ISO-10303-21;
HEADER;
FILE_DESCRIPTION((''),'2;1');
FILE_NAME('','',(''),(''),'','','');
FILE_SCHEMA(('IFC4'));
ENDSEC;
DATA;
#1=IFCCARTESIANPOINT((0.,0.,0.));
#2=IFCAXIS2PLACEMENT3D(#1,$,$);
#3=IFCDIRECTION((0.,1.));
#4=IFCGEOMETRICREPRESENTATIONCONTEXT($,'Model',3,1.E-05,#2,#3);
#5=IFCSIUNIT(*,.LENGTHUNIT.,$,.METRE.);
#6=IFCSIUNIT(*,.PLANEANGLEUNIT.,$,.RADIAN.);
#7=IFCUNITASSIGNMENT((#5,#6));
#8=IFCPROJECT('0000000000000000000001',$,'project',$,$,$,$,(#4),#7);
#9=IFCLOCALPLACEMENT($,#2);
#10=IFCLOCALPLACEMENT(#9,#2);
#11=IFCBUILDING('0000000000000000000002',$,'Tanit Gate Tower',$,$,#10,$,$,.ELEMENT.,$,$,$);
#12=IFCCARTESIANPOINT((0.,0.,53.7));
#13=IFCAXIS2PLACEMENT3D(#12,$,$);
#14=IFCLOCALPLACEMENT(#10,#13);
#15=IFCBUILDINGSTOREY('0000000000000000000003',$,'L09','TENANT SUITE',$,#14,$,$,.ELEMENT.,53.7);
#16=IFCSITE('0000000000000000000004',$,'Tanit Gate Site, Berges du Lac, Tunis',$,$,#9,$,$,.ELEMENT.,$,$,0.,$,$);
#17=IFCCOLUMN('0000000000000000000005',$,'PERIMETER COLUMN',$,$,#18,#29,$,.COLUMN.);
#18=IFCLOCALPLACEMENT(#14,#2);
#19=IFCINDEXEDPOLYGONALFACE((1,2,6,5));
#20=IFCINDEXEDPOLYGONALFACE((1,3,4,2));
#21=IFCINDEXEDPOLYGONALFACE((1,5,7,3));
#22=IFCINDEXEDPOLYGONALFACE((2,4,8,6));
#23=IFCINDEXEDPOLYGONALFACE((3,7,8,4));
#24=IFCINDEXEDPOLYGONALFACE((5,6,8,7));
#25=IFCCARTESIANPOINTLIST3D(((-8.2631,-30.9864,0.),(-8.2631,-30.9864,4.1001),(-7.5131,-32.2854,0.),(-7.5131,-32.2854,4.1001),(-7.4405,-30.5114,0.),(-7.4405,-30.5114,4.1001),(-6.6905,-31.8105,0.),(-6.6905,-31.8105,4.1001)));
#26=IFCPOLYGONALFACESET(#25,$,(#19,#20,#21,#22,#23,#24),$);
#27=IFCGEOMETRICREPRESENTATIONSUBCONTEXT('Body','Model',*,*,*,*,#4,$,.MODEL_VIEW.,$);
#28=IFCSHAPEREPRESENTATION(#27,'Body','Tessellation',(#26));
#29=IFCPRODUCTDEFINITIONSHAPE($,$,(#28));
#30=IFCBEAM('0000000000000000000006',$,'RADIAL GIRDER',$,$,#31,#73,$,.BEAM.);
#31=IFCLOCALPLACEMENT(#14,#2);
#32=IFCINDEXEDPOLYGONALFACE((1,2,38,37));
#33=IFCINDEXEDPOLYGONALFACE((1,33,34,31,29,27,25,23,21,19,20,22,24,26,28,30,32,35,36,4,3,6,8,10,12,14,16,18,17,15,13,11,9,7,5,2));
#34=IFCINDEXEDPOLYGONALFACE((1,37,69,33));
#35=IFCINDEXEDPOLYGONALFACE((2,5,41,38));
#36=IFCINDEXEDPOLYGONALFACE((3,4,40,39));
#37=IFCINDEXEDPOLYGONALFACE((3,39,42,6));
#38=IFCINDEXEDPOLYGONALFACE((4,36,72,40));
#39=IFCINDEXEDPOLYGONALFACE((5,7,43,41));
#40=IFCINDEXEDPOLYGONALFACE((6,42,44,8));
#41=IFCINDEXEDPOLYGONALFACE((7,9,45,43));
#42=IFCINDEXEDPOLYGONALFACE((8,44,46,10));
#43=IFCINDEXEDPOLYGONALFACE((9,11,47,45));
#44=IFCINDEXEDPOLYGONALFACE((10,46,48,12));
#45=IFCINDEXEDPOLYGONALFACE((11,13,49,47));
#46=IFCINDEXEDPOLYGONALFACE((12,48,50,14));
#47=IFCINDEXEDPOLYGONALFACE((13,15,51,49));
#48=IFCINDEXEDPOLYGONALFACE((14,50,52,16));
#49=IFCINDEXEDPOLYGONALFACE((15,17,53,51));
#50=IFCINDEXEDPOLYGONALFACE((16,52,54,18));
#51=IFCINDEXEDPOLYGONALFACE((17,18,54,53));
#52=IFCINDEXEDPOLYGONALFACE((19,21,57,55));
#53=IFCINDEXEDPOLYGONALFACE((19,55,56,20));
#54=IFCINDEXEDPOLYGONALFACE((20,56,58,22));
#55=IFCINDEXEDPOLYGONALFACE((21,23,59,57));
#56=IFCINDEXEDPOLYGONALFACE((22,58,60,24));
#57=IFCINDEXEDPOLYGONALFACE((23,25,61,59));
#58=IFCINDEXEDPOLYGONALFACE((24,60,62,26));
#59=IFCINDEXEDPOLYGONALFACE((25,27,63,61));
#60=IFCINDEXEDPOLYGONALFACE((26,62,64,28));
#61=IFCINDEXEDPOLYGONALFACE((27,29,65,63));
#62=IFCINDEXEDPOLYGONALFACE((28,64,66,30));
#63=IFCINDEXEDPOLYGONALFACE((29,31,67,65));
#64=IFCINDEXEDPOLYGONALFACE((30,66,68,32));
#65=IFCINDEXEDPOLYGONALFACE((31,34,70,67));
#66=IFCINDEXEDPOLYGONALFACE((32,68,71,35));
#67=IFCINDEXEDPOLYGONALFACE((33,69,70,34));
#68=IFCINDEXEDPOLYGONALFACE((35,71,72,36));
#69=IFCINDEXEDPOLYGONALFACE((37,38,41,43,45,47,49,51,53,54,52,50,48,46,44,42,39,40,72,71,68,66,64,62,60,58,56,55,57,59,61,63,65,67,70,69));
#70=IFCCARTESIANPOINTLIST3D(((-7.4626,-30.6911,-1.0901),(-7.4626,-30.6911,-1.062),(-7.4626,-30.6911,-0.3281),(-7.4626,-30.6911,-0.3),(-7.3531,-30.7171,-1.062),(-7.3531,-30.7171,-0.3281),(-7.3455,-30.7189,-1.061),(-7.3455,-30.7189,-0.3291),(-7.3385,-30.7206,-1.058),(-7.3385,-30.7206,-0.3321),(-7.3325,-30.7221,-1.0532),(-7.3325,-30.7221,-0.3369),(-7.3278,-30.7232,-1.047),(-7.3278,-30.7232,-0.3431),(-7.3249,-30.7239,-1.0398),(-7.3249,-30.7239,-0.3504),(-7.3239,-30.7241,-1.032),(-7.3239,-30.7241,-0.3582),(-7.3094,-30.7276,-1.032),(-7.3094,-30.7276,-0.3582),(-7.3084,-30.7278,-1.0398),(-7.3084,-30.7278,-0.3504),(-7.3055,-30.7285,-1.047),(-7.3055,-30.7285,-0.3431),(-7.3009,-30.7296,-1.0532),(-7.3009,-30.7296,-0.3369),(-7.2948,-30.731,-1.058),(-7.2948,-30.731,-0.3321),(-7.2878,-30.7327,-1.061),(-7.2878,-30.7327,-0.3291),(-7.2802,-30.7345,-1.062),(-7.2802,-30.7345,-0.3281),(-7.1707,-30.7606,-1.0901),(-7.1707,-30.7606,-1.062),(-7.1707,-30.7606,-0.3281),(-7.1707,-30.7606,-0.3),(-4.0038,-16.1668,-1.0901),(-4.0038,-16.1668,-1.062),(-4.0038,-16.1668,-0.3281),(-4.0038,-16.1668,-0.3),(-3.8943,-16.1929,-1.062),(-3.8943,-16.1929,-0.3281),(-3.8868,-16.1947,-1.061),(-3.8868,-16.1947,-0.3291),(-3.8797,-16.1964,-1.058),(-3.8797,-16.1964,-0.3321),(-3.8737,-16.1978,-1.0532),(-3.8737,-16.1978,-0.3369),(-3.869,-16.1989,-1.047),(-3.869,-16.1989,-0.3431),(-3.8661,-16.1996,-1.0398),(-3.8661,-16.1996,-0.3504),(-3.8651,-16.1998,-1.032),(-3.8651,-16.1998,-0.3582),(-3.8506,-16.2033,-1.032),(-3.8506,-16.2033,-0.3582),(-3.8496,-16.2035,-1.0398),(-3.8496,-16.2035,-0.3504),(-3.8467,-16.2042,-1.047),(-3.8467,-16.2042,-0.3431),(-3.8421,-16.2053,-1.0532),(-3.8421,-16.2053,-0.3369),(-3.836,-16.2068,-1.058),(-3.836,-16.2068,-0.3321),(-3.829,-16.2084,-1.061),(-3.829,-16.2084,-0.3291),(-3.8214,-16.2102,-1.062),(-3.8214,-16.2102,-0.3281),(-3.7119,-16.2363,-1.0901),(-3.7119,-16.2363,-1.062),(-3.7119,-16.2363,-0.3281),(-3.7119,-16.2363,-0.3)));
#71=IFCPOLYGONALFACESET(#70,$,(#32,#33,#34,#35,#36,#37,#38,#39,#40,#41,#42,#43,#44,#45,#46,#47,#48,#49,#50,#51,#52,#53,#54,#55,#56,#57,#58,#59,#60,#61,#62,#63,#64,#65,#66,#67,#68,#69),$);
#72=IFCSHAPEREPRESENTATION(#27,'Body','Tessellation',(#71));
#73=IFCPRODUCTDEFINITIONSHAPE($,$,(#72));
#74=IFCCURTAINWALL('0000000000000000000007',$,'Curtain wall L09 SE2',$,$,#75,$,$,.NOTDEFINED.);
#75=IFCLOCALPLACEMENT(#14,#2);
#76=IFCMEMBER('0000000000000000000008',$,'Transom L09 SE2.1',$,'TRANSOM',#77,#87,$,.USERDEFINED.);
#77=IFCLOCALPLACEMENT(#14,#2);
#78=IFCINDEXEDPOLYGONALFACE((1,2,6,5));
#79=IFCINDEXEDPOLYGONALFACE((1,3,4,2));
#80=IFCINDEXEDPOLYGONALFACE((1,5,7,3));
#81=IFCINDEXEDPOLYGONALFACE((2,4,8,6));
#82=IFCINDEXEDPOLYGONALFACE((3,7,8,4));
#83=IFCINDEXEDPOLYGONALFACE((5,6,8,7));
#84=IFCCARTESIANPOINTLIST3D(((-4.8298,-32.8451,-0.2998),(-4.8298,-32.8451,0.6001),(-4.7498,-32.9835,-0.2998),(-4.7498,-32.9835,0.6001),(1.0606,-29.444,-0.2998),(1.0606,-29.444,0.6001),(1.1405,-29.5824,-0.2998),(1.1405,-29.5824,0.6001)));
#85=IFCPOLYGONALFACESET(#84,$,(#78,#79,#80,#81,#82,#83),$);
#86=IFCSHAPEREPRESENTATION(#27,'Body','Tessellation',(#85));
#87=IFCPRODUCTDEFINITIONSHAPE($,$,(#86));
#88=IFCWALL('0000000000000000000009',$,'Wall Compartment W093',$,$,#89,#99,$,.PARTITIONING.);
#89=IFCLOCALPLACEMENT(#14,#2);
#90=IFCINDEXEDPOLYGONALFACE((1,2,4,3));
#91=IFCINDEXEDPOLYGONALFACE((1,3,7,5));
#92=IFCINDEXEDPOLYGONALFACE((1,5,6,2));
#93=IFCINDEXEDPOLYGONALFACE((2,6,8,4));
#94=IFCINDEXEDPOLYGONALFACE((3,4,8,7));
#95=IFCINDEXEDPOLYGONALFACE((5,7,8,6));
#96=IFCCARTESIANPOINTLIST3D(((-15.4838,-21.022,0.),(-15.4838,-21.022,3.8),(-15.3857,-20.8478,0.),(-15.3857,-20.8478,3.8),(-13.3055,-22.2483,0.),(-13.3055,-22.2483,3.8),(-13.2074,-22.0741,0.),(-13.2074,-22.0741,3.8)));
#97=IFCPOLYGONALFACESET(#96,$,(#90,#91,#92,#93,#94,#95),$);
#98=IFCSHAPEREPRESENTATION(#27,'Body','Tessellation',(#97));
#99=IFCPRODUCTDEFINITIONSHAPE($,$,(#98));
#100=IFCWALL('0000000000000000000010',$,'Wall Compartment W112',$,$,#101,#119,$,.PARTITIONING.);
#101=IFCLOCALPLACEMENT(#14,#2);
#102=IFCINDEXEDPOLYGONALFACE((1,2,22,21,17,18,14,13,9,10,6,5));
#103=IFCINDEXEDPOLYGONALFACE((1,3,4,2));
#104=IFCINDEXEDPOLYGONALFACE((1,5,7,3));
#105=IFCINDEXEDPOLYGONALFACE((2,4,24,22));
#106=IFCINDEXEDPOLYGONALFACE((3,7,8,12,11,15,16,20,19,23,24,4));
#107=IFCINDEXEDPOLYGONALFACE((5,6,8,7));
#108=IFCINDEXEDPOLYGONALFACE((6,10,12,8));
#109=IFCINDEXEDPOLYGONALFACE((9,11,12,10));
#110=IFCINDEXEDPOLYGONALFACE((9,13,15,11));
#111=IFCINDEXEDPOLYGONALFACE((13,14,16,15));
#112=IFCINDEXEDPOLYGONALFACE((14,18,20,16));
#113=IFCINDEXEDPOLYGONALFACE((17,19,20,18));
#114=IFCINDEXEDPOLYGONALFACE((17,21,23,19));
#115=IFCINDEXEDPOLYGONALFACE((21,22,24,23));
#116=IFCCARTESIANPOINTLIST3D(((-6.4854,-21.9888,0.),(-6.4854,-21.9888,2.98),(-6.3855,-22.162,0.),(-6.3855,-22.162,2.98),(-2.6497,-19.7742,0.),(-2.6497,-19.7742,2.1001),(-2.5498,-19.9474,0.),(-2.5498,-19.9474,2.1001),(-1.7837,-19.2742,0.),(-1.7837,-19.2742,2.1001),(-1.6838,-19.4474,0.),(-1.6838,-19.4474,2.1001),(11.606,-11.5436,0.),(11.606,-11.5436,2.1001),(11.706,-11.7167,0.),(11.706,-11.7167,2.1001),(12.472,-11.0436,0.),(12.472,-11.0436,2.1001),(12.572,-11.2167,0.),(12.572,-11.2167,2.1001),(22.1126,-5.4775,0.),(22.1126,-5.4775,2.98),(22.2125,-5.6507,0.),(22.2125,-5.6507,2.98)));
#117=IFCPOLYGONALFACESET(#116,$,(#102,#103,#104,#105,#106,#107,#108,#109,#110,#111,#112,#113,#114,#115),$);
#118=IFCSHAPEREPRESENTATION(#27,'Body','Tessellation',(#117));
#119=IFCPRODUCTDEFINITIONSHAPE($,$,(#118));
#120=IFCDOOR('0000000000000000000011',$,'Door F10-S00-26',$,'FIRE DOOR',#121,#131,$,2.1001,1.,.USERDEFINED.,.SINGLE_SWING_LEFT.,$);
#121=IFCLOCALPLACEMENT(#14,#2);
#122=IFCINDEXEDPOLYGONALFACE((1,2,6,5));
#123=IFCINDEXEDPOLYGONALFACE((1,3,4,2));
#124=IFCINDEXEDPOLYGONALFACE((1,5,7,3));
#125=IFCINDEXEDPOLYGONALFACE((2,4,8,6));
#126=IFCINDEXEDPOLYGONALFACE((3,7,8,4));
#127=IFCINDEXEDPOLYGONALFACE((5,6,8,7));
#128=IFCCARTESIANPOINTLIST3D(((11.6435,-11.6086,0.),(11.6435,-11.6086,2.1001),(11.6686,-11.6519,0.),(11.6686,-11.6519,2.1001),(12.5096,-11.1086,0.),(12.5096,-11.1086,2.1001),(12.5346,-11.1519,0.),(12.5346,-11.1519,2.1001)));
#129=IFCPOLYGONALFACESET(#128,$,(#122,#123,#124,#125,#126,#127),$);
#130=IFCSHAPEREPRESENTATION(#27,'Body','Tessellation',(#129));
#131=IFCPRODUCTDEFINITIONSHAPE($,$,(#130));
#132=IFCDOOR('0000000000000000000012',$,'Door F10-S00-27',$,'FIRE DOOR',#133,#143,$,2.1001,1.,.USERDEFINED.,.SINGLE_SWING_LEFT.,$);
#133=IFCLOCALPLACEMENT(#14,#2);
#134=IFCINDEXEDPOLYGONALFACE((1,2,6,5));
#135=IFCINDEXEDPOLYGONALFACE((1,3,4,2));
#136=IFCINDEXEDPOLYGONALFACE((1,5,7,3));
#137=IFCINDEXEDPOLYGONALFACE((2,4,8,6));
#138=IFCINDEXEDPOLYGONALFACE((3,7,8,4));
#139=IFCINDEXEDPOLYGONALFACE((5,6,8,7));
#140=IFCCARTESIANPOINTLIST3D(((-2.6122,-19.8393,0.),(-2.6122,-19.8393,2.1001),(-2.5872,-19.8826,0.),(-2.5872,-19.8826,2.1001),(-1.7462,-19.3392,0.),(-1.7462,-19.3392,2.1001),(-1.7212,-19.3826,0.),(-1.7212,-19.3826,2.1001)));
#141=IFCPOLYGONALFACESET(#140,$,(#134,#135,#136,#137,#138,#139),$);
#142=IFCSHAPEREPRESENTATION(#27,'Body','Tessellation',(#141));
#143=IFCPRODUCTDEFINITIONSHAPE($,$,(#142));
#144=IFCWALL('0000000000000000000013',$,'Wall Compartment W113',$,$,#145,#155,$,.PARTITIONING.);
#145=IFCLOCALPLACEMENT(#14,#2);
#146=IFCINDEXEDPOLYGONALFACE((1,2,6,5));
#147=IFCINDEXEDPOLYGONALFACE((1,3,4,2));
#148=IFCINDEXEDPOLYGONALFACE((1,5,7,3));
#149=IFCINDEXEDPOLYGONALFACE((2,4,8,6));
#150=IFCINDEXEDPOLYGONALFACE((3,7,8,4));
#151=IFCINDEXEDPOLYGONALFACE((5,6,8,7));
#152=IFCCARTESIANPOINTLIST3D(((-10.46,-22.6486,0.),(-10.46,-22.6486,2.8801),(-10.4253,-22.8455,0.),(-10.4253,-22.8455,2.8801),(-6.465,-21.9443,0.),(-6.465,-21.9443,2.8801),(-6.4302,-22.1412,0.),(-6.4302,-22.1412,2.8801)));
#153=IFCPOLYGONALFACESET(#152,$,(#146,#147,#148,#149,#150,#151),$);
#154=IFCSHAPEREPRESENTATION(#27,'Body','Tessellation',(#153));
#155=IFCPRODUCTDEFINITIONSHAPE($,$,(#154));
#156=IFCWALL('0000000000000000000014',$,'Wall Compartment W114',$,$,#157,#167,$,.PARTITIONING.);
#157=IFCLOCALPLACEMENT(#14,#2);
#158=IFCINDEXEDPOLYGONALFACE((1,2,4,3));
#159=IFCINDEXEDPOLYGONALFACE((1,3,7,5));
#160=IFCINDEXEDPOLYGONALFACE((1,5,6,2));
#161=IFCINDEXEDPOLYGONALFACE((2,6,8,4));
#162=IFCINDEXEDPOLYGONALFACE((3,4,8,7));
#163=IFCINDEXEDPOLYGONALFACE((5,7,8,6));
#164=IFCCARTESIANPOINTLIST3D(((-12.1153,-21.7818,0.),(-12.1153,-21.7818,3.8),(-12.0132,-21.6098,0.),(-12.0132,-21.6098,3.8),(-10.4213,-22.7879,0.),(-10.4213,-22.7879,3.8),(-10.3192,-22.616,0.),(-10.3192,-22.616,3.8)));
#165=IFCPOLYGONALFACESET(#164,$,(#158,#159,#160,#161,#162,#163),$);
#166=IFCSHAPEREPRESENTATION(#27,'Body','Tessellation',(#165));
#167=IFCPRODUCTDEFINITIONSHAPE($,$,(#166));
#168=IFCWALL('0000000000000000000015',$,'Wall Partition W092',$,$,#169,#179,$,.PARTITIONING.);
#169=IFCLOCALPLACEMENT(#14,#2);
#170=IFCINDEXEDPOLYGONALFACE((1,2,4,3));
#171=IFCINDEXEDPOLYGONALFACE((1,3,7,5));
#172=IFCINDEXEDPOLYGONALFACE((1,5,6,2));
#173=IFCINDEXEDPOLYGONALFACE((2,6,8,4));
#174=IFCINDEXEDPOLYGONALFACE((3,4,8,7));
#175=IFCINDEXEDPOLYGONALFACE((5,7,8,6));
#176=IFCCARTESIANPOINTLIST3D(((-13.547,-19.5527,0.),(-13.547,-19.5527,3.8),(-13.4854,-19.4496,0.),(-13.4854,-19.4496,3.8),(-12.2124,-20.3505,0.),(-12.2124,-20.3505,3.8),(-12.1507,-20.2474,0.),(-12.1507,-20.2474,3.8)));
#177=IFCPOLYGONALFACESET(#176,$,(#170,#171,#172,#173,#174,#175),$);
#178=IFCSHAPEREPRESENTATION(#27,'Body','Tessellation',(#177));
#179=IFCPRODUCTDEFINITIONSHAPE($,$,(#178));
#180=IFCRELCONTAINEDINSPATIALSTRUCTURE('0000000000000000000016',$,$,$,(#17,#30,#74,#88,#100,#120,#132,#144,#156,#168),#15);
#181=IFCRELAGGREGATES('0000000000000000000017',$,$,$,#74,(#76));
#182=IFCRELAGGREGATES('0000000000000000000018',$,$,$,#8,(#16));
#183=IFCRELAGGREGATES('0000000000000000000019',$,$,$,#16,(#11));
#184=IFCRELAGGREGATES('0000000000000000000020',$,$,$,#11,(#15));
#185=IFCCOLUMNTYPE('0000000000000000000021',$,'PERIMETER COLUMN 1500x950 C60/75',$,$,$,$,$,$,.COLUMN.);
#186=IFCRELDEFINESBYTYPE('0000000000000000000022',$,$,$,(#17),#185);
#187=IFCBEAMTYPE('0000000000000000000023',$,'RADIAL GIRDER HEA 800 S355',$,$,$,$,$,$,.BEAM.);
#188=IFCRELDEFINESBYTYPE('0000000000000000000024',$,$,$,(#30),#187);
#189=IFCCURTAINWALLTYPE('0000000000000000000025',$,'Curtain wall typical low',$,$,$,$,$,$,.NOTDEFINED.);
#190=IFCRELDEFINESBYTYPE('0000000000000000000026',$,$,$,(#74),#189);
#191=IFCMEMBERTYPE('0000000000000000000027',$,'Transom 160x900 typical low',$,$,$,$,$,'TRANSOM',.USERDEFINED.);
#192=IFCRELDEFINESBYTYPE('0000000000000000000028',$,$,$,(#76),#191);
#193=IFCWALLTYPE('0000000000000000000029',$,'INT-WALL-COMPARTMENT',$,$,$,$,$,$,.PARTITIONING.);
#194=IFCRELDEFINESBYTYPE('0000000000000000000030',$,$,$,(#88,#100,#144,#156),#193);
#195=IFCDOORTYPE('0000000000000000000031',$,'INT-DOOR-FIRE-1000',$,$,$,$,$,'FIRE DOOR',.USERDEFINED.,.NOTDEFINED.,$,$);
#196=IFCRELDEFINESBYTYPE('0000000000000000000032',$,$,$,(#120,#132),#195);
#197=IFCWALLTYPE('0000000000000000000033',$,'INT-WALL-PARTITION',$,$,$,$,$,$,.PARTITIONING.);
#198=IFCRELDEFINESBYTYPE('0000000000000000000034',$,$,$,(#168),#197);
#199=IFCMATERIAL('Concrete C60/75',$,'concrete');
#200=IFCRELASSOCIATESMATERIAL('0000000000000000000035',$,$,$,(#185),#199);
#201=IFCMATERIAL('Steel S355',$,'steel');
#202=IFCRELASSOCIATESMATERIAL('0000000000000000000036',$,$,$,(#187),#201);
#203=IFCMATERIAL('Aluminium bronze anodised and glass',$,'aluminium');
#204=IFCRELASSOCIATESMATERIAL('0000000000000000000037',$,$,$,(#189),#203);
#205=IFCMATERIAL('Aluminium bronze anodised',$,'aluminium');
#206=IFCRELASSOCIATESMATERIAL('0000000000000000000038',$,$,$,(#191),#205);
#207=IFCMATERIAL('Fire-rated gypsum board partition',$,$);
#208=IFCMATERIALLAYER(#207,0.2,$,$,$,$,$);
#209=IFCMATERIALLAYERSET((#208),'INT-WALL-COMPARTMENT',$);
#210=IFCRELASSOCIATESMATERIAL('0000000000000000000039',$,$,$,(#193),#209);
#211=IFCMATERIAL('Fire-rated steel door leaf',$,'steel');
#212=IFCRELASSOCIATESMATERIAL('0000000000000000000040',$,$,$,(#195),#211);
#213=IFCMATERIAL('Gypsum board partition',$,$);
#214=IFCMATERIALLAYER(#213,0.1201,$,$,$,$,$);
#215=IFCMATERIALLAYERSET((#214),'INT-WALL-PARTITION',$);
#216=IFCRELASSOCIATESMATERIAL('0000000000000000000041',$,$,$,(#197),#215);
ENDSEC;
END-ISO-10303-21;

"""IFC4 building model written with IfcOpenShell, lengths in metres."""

from ifc_helpers import new_model, si_unit, direction, frame, frame_2d, origin, origin_2d, place, context, subcontext, project, spatial, rectangle, i_section, extrude, material, layer, layer_set, material_profile, profile_set, type_object, element, fill, aggregate, save


model = new_model("IFC4")

# Units and contexts
model_context = context("Model", 3, precision=1e-05, world=origin(), true_north=direction((0.0, 1.0)))
body_context = subcontext(model_context, "Body", "Model", "MODEL_VIEW")
ifc_project = project(units=[si_unit("LENGTHUNIT", "METRE"), si_unit("PLANEANGLEUNIT", "RADIAN")], contexts=[model_context])

# Site, building, storey
site_placement = place(None, origin())
site = spatial("IfcSite", under=ifc_project, at=site_placement, Name="Tanit Gate Site, Berges du Lac, Tunis", CompositionType="ELEMENT", RefElevation=0.0)
building_placement = place(site_placement, origin())
building = spatial("IfcBuilding", under=site, at=building_placement, Name="Tanit Gate Tower", CompositionType="ELEMENT")
storey_placement = place(building_placement, frame((0.0, 0.0, 53.7)))
storey = spatial("IfcBuildingStorey", under=building, at=storey_placement, Name="L09", Description="TENANT SUITE", CompositionType="ELEMENT", Elevation=53.7)

# Column
ifc_material_1 = material(Name="Concrete C60/75", Category="concrete")
ifc_material_profile_1 = material_profile(ifc_material_1, rectangle(XDim=1.5, YDim=0.95, at=origin_2d()), Name="RC 1500x950")
ifc_profile_set_1 = profile_set([ifc_material_profile_1], Name="Concrete C60/75")
column_type = type_object("IfcColumnType", Name="PERIMETER COLUMN 1500x950 C60/75", PredefinedType="COLUMN", material=ifc_profile_set_1)
column_placement = place(storey_placement, frame((-7.4768, -31.3984, 0.0), z_axis=(0.0, 0.0, 1.0), x_axis=(0.5, -0.866025, 0.0)))
element("IfcColumn", 1, at=column_placement, inside=storey, type_object=column_type, Name="PERIMETER COLUMN", PredefinedType="COLUMN", context=body_context, shape_type="SweptSolid", body=[
    extrude(rectangle(XDim=1.5, YDim=0.95, at=origin_2d()), origin(), (0.0, 0.0, 1.0), 4.1001),
])

# Beam
ifc_material_2 = material(Name="Steel S355", Category="steel")
ifc_material_profile_2 = material_profile(ifc_material_2, i_section(OverallWidth=0.3, OverallDepth=0.79, WebThickness=0.0149, FlangeThickness=0.0281, FilletRadius=0.03, at=origin_2d()), Name="HEA 800")
ifc_profile_set_2 = profile_set([ifc_material_profile_2], Name="Steel S355")
beam_type = type_object("IfcBeamType", Name="RADIAL GIRDER HEA 800 S355", PredefinedType="BEAM", material=ifc_profile_set_2)
beam_placement = place(storey_placement, frame((-7.3167, -30.7258, -0.6951), z_axis=(0.231659, 0.972797, 0.0), x_axis=(-0.972797, 0.231659, 0.0)))
element("IfcBeam", 2, at=beam_placement, inside=storey, type_object=beam_type, Name="RADIAL GIRDER", PredefinedType="BEAM", context=body_context, shape_type="SweptSolid", body=[
    extrude(i_section(OverallWidth=0.3, OverallDepth=0.79, WebThickness=0.0149, FlangeThickness=0.0281, FilletRadius=0.03, at=origin_2d()), origin(), (0.0, 0.0, 1.0), 14.9304),
])

# Curtain wall, member
ifc_material_3 = material(Name="Aluminium bronze anodised and glass", Category="aluminium")
curtain_wall_type = type_object("IfcCurtainWallType", Name="Curtain wall typical low", PredefinedType="NOTDEFINED", material=ifc_material_3)
curtain_wall_placement = place(storey_placement, origin())
curtain_wall = element("IfcCurtainWall", 3, at=curtain_wall_placement, inside=storey, type_object=curtain_wall_type, Name="Curtain wall L09 SE2", PredefinedType="NOTDEFINED")
ifc_material_4 = material(Name="Aluminium bronze anodised", Category="aluminium")
ifc_material_profile_3 = material_profile(ifc_material_4, rectangle(XDim=0.1599, YDim=0.8999, at=origin_2d()), Name="160x900 bronze transom")
ifc_profile_set_3 = profile_set([ifc_material_profile_3], Name="Aluminium bronze anodised")
member_type = type_object("IfcMemberType", Name="Transom 160x900 typical low", ElementType="TRANSOM", PredefinedType="USERDEFINED", material=ifc_profile_set_3)
member_placement = place(storey_placement, frame((-4.7898, -32.9143, 0.1501), z_axis=(0.866006, 0.500034, 0.0), x_axis=(-0.500034, 0.866006, 0.0)))
member = element("IfcMember", 4, at=member_placement, type_object=member_type, Name="Transom L09 SE2.1", ObjectType="TRANSOM", PredefinedType="USERDEFINED", context=body_context, shape_type="SweptSolid", body=[
    extrude(rectangle(XDim=0.1599, YDim=0.8999, at=origin_2d()), origin(), (0.0, 0.0, 1.0), 6.8018),
])
aggregate(curtain_wall, [member])

# Wall
ifc_material_5 = material(Name="Fire-rated gypsum board partition")
ifc_layer_1 = layer(ifc_material_5, 0.2)
ifc_layer_set_1 = layer_set([ifc_layer_1], Name="INT-WALL-COMPARTMENT")
wall_type_1 = type_object("IfcWallType", Name="INT-WALL-COMPARTMENT", PredefinedType="PARTITIONING", material=ifc_layer_set_1)
wall_1_placement = place(storey_placement, frame((-15.4348, -20.9348, 0.0), z_axis=(0.0, 0.0, 1.0), x_axis=(0.871393, -0.490586, 0.0)))
element("IfcWall", 5, at=wall_1_placement, inside=storey, type_object=wall_type_1, Name="Wall Compartment W093", PredefinedType="PARTITIONING", context=body_context, shape_type="SweptSolid", body=[
    extrude(rectangle(XDim=2.4998, YDim=0.2, at=frame_2d((1.25, 0.0))), origin(), (0.0, 0.0, 1.0), 3.8),
])

# Wall, openings, doors
wall_2_placement = place(storey_placement, frame((-6.4355, -22.0754, 0.0), z_axis=(0.0, 0.0, 1.0), x_axis=(0.866022, 0.500005, 0.0)))
wall_2 = element("IfcWall", 6, at=wall_2_placement, inside=storey, type_object=wall_type_1, Name="Wall Compartment W112", PredefinedType="PARTITIONING", context=body_context, shape_type="SweptSolid", body=[
    extrude(rectangle(XDim=33.0222, YDim=0.2, at=frame_2d((16.5112, 0.0))), origin(), (0.0, 0.0, 1.0), 2.98),
])
opening_1_placement = place(wall_2_placement, frame((20.8904, 0.0, 0.0)))
opening_1 = element("IfcOpeningElement", 7, at=opening_1_placement, cuts=wall_2, PredefinedType="OPENING", context=body_context, shape_type="SweptSolid", body=[
    extrude(rectangle(XDim=1.0, YDim=2.1001, at=frame_2d((0.5, 1.05))), frame((0.0, 0.1099, 0.0), z_axis=(0.0, -1.0, 0.0), x_axis=(1.0, 0.0, 0.0)), (0.0, 0.0, 1.0), 0.22),
])
opening_2_placement = place(wall_2_placement, frame((4.4292, 0.0, 0.0)))
opening_2 = element("IfcOpeningElement", 8, at=opening_2_placement, cuts=wall_2, PredefinedType="OPENING", context=body_context, shape_type="SweptSolid", body=[
    extrude(rectangle(XDim=1.0, YDim=2.1001, at=frame_2d((0.5, 1.05))), frame((0.0, 0.1099, 0.0), z_axis=(0.0, -1.0, 0.0), x_axis=(1.0, 0.0, 0.0)), (0.0, 0.0, 1.0), 0.22),
])
ifc_material_6 = material(Name="Fire-rated steel door leaf", Category="steel")
door_type_1 = type_object("IfcDoorType", Name="INT-DOOR-FIRE-1000", ElementType="FIRE DOOR", OperationType="NOTDEFINED", PredefinedType="USERDEFINED", material=ifc_material_6)
door_1_placement = place(opening_1_placement, origin())
door_1 = element("IfcDoor", 9, at=door_1_placement, inside=storey, type_object=door_type_1, Name="Door F10-S00-26", ObjectType="FIRE DOOR", OperationType="SINGLE_SWING_LEFT", OverallHeight=2.1001, OverallWidth=1.0, PredefinedType="USERDEFINED", context=body_context, shape_type="SweptSolid", body=[
    extrude(rectangle(XDim=1.0, YDim=2.1001, at=frame_2d((0.5, 1.05))), frame((0.0, 0.0249, 0.0), z_axis=(0.0, -1.0, 0.0), x_axis=(1.0, 0.0, 0.0)), (0.0, 0.0, 1.0), 0.05),
])
fill(opening_1, door_1)
door_2_placement = place(opening_2_placement, origin())
door_2 = element("IfcDoor", 10, at=door_2_placement, inside=storey, type_object=door_type_1, Name="Door F10-S00-27", ObjectType="FIRE DOOR", OperationType="SINGLE_SWING_LEFT", OverallHeight=2.1001, OverallWidth=1.0, PredefinedType="USERDEFINED", context=body_context, shape_type="SweptSolid", body=[
    extrude(rectangle(XDim=1.0, YDim=2.1001, at=frame_2d((0.5, 1.05))), frame((0.0, 0.0249, 0.0), z_axis=(0.0, -1.0, 0.0), x_axis=(1.0, 0.0, 0.0)), (0.0, 0.0, 1.0), 0.05),
])
fill(opening_2, door_2)

# Walls
wall_3_placement = place(storey_placement, frame((-10.4426, -22.7471, 0.0), z_axis=(0.0, 0.0, 1.0), x_axis=(0.984812, 0.173624, 0.0)))
element("IfcWall", 11, at=wall_3_placement, inside=storey, type_object=wall_type_1, Name="Wall Compartment W113", PredefinedType="PARTITIONING", context=body_context, shape_type="SweptSolid", body=[
    extrude(rectangle(XDim=4.0566, YDim=0.2, at=frame_2d((2.0283, 0.0))), origin(), (0.0, 0.0, 1.0), 2.8801),
])
wall_4_placement = place(storey_placement, frame((-12.0642, -21.6958, 0.0), z_axis=(0.0, 0.0, 1.0), x_axis=(0.85977, -0.510682, 0.0)))
element("IfcWall", 12, at=wall_4_placement, inside=storey, type_object=wall_type_1, Name="Wall Compartment W114", PredefinedType="PARTITIONING", context=body_context, shape_type="SweptSolid", body=[
    extrude(rectangle(XDim=1.9702, YDim=0.2, at=frame_2d((0.9851, 0.0))), origin(), (0.0, 0.0, 1.0), 3.8),
])
ifc_material_7 = material(Name="Gypsum board partition")
ifc_layer_2 = layer(ifc_material_7, 0.1201)
ifc_layer_set_2 = layer_set([ifc_layer_2], Name="INT-WALL-PARTITION")
wall_type_2 = type_object("IfcWallType", Name="INT-WALL-PARTITION", PredefinedType="PARTITIONING", material=ifc_layer_set_2)
wall_5_placement = place(storey_placement, frame((-13.5161, -19.5012, 0.0), z_axis=(0.0, 0.0, 1.0), x_axis=(0.858337, -0.513087, 0.0)))
element("IfcWall", 13, at=wall_5_placement, inside=storey, type_object=wall_type_2, Name="Wall Partition W092", PredefinedType="PARTITIONING", context=body_context, shape_type="SweptSolid", body=[
    extrude(rectangle(XDim=1.5549, YDim=0.1201, at=frame_2d((0.7773, 0.0))), origin(), (0.0, 0.0, 1.0), 3.8),
])

save(model, "model.ifc")
